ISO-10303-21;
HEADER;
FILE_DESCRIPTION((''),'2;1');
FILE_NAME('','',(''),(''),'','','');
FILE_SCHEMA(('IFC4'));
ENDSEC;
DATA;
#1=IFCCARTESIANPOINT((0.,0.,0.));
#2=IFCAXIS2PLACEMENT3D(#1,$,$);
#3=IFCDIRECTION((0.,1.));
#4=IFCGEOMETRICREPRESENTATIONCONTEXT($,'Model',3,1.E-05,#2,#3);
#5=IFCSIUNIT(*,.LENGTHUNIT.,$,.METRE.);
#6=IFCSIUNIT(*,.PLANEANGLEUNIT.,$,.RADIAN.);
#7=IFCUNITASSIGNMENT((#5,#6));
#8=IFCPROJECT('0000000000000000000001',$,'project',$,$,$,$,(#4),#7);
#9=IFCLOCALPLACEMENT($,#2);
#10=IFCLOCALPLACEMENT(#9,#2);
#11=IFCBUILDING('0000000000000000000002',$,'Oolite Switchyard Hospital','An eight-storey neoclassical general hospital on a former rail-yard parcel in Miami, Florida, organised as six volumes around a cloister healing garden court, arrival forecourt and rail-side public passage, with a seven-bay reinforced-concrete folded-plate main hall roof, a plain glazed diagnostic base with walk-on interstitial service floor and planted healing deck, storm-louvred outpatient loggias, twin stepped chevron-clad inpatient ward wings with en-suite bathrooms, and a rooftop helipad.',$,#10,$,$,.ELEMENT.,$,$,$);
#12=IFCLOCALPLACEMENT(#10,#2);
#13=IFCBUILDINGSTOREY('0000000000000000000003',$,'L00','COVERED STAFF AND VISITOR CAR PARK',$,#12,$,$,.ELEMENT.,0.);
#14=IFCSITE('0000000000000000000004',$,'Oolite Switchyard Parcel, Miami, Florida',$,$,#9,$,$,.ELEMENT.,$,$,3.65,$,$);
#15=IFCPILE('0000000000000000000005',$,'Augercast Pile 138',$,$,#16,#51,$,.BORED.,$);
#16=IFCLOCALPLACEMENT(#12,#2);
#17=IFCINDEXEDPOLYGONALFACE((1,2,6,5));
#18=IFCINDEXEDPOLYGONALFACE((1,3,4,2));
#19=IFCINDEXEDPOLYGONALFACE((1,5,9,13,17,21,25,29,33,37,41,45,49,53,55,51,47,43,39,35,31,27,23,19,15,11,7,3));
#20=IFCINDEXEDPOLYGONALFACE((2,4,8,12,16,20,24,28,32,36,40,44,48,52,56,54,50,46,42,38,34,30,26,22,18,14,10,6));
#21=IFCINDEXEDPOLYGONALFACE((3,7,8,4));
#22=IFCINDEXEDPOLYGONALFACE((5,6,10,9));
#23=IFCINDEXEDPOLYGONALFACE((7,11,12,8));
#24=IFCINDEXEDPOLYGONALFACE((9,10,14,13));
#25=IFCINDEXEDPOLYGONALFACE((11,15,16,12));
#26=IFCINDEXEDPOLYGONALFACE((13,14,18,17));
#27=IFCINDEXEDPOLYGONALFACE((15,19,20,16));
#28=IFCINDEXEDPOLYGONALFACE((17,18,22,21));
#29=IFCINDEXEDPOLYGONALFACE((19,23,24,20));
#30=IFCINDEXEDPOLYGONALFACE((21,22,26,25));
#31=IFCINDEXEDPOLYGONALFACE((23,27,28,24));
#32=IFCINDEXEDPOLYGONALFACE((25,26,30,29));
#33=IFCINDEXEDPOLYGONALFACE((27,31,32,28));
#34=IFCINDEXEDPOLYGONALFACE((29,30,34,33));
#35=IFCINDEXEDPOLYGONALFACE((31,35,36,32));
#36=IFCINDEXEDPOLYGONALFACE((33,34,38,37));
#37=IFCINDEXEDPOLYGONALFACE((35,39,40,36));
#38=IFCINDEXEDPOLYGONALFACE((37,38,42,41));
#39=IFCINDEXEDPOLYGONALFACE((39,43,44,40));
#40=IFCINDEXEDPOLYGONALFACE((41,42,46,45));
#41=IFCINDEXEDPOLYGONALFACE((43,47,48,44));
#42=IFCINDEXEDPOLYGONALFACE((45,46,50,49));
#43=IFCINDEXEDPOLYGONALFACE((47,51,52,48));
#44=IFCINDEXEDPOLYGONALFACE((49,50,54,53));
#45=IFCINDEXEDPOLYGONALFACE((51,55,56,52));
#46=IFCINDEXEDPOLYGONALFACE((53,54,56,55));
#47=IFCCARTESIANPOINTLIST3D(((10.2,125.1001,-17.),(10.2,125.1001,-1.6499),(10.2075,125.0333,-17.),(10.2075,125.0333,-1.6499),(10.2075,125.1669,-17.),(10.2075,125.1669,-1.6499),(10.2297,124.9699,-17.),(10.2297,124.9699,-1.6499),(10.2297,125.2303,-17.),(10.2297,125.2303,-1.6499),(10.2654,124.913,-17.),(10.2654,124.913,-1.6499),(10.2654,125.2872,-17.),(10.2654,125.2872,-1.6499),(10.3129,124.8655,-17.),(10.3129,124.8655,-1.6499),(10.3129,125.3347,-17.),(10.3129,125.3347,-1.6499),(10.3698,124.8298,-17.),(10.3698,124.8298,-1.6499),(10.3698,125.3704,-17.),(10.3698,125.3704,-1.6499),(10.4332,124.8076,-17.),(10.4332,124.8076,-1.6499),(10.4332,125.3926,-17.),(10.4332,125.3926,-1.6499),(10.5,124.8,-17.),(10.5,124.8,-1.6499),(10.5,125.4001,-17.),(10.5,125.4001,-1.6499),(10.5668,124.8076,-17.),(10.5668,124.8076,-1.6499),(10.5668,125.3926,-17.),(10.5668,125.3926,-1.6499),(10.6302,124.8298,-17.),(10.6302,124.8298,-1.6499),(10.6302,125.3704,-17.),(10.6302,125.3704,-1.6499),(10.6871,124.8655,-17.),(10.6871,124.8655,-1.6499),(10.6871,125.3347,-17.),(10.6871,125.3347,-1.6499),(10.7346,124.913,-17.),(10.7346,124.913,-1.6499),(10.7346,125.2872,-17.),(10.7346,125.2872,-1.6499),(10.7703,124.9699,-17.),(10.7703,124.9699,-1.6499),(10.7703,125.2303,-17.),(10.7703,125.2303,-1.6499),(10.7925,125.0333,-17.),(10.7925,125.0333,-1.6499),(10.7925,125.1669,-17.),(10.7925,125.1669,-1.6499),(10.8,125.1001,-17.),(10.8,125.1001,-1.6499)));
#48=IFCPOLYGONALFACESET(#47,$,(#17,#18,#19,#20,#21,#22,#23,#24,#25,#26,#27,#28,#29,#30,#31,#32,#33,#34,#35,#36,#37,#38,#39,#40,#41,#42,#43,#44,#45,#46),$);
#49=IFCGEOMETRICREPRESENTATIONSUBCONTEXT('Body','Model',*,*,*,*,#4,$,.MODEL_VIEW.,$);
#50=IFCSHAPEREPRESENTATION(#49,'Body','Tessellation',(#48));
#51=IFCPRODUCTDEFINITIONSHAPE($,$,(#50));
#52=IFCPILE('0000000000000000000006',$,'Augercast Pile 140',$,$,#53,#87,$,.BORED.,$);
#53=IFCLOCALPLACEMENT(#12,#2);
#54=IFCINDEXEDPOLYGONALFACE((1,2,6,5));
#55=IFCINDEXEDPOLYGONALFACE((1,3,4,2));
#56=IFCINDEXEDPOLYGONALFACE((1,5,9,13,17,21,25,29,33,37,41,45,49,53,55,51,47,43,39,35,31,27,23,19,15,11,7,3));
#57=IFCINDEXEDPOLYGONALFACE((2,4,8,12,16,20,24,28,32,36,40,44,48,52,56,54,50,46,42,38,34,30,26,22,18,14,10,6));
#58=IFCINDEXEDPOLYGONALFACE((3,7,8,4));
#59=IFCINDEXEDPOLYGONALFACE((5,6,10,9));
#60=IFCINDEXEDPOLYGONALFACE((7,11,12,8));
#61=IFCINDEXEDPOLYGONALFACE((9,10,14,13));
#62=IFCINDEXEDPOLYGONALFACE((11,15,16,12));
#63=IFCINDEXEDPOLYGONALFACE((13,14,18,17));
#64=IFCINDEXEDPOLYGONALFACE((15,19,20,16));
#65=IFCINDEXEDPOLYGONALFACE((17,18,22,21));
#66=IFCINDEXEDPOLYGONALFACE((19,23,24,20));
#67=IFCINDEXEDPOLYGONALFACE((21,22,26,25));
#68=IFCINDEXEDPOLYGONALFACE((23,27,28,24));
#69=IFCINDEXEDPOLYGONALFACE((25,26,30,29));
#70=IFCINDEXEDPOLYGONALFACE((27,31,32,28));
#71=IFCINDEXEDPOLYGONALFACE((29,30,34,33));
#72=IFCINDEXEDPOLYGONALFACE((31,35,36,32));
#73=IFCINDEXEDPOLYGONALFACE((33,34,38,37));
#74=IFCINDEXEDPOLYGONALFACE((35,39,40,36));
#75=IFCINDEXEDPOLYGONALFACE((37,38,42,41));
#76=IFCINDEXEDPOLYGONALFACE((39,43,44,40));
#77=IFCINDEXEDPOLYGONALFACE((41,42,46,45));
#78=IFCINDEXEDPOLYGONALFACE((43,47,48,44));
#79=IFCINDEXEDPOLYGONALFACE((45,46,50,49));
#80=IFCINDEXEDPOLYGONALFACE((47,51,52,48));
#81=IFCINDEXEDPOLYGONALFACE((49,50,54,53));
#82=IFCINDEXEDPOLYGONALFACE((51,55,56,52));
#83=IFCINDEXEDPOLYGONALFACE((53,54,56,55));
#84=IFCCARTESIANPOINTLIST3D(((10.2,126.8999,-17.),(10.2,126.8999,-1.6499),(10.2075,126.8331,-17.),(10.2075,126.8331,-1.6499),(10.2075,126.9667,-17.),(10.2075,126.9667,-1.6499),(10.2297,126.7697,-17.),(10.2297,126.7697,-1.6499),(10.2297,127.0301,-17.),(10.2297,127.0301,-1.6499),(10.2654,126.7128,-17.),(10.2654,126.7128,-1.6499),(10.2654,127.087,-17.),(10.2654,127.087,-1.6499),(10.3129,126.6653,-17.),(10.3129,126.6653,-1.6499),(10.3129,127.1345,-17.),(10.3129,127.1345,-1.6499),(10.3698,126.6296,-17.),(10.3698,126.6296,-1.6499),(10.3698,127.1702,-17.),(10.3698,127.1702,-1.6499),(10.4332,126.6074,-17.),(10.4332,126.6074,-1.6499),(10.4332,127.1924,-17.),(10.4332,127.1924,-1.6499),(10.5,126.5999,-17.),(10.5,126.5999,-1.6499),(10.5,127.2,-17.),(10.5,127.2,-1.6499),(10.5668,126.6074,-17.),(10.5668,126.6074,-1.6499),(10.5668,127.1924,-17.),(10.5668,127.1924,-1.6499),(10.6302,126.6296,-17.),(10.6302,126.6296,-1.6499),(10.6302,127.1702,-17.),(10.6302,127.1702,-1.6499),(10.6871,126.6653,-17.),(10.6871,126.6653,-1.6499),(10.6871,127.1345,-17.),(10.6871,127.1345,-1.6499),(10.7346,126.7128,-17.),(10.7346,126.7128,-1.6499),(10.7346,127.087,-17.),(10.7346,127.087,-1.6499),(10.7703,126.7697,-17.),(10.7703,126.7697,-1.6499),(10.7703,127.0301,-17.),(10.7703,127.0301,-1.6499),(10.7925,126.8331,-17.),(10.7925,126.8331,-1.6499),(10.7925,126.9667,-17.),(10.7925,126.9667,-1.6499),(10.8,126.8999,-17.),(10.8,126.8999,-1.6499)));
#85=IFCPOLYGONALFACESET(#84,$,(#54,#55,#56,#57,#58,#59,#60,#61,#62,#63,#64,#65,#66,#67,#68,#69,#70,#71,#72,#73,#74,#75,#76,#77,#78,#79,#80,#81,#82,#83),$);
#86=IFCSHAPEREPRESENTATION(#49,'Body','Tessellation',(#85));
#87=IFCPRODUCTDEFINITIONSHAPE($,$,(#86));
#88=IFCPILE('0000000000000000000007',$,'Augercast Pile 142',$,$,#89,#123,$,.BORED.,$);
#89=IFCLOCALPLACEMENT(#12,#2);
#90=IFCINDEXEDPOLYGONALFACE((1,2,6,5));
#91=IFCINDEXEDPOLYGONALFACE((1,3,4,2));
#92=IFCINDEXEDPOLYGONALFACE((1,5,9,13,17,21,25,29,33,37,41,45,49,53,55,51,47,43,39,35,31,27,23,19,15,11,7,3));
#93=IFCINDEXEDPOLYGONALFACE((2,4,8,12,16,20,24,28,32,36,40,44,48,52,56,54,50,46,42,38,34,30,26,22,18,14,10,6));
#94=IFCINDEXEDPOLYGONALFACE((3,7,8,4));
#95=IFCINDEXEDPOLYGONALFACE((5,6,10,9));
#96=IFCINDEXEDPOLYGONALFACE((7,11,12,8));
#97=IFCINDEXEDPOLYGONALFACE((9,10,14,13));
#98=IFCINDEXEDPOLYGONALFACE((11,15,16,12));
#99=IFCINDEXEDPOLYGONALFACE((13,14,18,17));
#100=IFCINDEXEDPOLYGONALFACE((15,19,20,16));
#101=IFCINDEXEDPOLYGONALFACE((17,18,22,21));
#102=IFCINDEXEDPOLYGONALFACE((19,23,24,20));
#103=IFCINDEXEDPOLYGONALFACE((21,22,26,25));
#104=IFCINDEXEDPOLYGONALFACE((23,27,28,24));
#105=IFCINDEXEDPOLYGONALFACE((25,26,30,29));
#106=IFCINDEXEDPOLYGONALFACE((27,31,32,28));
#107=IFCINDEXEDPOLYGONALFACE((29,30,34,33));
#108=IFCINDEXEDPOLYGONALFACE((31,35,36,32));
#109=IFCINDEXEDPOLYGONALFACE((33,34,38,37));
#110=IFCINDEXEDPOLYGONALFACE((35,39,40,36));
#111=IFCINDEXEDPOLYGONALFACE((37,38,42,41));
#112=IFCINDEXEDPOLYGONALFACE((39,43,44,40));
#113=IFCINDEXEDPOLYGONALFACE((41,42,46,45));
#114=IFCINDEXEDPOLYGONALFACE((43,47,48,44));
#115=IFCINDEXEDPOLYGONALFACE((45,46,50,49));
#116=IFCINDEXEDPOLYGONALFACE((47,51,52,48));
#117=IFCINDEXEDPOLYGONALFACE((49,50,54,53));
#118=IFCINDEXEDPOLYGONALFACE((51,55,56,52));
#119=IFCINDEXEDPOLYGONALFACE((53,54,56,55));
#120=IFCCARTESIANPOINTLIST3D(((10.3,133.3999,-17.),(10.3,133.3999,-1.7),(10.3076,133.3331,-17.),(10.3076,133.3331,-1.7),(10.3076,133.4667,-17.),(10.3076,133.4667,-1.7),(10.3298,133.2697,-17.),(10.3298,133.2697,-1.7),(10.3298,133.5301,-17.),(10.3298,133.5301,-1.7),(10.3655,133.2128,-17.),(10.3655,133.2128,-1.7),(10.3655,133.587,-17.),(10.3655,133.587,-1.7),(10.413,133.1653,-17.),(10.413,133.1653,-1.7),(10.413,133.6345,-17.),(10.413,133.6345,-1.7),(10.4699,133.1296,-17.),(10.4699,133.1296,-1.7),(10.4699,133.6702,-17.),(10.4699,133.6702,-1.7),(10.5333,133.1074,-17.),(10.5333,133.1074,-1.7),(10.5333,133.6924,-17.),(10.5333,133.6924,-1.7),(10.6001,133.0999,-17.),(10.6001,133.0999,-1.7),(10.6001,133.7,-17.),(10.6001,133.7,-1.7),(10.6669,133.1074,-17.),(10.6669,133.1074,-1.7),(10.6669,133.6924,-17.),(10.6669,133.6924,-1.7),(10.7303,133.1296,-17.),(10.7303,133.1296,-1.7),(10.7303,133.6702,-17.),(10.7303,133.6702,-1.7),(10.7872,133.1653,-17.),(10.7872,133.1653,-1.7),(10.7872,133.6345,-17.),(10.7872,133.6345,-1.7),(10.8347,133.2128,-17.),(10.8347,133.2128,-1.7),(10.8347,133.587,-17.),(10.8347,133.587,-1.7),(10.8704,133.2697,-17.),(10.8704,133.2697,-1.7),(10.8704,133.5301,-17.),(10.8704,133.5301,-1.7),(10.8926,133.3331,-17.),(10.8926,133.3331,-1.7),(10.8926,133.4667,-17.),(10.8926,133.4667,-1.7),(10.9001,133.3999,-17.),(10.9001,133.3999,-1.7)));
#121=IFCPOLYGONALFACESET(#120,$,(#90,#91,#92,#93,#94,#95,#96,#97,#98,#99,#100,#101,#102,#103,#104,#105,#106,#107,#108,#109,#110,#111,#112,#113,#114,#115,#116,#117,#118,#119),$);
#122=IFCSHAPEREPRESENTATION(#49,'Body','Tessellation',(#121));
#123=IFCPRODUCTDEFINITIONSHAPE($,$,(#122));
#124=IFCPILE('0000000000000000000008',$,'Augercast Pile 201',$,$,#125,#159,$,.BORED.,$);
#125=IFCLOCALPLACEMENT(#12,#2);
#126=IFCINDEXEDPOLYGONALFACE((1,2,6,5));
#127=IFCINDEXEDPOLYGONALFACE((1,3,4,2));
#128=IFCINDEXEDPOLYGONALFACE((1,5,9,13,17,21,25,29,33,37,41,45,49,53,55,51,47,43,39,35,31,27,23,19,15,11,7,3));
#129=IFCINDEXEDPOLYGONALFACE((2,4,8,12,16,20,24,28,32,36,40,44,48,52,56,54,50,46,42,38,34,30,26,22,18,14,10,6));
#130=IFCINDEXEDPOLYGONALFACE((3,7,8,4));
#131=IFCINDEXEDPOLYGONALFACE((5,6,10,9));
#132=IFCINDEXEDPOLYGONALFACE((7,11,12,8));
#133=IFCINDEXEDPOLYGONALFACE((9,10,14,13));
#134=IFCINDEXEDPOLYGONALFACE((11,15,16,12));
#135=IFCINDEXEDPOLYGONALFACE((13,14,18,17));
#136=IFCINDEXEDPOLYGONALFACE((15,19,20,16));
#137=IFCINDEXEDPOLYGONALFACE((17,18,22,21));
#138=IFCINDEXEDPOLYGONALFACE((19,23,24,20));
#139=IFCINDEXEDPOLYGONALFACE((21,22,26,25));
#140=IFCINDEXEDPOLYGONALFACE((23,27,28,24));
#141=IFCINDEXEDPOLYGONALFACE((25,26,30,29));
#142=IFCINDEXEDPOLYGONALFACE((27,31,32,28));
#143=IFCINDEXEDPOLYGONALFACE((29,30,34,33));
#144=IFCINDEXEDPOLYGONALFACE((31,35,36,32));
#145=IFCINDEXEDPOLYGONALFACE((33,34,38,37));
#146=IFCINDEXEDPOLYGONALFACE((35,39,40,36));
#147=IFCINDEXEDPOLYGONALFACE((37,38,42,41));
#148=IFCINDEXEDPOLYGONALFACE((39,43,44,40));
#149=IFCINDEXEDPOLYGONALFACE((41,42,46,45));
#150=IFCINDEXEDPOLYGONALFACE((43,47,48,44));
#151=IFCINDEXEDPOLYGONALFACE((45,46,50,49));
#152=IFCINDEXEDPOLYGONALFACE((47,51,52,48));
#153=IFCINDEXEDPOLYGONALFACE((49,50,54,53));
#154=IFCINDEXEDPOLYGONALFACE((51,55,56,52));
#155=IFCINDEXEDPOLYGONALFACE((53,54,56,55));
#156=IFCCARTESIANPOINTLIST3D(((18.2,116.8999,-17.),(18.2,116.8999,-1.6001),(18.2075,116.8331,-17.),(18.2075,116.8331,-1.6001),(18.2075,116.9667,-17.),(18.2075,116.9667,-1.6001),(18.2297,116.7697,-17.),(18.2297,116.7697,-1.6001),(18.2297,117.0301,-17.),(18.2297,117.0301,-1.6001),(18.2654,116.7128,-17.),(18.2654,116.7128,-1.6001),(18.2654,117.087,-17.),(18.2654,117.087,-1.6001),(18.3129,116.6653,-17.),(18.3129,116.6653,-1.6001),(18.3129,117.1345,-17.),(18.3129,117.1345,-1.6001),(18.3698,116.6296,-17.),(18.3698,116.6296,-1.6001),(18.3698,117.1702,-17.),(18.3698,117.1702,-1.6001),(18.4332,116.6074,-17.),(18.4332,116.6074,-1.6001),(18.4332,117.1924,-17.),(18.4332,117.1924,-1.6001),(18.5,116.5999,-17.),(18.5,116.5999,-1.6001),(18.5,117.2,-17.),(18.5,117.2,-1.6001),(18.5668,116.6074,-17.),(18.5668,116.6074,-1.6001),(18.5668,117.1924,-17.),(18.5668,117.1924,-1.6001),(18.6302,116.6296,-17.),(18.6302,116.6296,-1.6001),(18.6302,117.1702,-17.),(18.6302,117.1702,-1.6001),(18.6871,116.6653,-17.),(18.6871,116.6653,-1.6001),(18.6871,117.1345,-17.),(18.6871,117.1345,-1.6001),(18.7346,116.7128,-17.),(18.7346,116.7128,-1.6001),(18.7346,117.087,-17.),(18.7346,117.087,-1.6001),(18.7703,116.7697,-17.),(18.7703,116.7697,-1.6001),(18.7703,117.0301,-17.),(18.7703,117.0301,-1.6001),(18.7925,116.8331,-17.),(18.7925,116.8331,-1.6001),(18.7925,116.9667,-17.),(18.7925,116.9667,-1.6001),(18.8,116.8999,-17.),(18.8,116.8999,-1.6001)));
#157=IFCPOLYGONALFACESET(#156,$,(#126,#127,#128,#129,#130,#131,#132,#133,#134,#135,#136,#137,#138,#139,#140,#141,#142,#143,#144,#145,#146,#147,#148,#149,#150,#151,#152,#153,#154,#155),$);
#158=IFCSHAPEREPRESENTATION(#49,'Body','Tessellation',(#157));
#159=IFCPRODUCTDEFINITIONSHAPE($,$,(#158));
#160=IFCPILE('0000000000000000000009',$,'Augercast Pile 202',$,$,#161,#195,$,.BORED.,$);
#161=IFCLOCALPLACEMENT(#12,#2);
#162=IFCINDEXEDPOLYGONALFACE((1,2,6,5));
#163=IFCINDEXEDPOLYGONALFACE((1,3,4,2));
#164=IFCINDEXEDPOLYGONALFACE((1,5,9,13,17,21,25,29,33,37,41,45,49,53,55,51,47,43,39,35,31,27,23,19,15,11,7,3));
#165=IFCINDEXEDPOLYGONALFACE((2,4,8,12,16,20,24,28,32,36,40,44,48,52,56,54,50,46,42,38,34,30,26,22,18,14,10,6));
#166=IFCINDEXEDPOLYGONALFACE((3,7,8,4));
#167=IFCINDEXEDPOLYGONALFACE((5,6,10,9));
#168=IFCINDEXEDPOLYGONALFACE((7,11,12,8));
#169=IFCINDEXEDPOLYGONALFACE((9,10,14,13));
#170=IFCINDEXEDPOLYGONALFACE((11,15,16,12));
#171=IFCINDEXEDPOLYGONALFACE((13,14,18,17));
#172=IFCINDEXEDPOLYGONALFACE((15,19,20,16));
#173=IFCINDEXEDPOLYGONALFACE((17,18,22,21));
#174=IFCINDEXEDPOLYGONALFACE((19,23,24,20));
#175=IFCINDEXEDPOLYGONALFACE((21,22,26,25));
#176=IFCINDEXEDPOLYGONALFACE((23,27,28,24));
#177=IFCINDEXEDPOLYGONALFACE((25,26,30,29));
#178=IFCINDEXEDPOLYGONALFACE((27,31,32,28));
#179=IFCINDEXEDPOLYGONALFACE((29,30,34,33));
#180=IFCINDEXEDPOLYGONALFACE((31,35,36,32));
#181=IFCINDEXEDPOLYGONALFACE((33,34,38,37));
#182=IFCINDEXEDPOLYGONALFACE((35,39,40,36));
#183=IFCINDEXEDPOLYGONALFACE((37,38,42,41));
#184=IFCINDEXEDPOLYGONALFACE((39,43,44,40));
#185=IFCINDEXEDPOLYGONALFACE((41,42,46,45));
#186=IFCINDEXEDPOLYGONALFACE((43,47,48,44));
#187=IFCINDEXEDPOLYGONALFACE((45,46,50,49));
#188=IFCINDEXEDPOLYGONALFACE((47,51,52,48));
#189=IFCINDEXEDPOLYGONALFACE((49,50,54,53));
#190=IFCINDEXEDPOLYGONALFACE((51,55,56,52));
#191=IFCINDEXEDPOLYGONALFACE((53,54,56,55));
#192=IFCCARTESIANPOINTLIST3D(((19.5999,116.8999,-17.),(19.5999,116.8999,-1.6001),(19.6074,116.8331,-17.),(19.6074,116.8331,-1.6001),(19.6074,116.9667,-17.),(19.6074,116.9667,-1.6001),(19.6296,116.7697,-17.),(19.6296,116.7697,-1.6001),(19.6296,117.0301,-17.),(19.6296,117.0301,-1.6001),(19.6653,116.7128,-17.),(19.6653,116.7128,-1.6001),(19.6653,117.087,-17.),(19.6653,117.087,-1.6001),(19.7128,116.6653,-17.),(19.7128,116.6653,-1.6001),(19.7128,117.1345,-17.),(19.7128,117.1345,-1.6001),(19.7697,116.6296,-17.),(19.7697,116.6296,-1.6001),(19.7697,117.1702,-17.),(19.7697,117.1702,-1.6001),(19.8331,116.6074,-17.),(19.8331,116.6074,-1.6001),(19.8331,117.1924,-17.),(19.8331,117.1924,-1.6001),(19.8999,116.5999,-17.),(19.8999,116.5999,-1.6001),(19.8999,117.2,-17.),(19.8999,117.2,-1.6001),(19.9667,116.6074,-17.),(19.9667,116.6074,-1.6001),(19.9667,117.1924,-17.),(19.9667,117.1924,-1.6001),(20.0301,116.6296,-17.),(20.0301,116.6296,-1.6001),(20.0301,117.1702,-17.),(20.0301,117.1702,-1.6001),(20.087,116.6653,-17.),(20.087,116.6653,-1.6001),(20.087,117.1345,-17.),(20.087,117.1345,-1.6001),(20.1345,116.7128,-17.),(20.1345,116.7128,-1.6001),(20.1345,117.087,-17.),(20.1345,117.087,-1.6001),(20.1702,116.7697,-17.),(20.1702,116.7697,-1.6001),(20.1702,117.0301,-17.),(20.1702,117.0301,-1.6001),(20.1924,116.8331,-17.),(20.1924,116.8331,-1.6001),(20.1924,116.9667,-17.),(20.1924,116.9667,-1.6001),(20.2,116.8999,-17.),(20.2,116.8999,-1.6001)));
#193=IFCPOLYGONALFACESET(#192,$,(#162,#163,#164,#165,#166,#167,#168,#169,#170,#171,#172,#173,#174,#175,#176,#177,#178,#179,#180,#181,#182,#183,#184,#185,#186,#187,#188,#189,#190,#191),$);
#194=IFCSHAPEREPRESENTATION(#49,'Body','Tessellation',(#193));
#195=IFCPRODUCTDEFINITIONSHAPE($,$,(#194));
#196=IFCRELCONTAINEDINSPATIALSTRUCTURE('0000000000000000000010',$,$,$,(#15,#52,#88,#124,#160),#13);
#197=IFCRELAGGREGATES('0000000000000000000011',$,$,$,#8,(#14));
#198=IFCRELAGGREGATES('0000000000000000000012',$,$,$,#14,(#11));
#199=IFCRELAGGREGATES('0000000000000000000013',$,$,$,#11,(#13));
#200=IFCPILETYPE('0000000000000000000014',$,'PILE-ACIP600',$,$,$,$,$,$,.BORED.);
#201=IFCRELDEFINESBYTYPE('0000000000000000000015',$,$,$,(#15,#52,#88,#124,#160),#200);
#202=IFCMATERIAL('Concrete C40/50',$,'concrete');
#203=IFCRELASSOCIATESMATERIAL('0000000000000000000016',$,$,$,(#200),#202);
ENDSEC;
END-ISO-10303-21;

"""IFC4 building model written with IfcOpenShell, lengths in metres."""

from ifc_helpers import new_model, si_unit, direction, frame, origin, origin_2d, place, context, subcontext, project, spatial, circle, extrude, material, material_profile, profile_set, type_object, element, save


model = new_model("IFC4")

# Units and contexts
model_context = context("Model", 3, precision=1e-05, world=origin(), true_north=direction((0.0, 1.0)))
body_context = subcontext(model_context, "Body", "Model", "MODEL_VIEW")
ifc_project = project(units=[si_unit("LENGTHUNIT", "METRE"), si_unit("PLANEANGLEUNIT", "RADIAN")], contexts=[model_context])

# Site, building, storey
site_placement = place(None, origin())
site = spatial("IfcSite", under=ifc_project, at=site_placement, Name="Oolite Switchyard Parcel, Miami, Florida", CompositionType="ELEMENT", RefElevation=3.65)
building_placement = place(site_placement, origin())
building = spatial("IfcBuilding", under=site, at=building_placement, Name="Oolite Switchyard Hospital", Description="An eight-storey neoclassical general hospital on a former rail-yard parcel in Miami, Florida, organised as six volumes around a cloister healing garden court, arrival forecourt and rail-side public passage, with a seven-bay reinforced-concrete folded-plate main hall roof, a plain glazed diagnostic base with walk-on interstitial service floor and planted healing deck, storm-louvred outpatient loggias, twin stepped chevron-clad inpatient ward wings with en-suite bathrooms, and a rooftop helipad.", CompositionType="ELEMENT")
storey_placement = place(building_placement, origin())
storey = spatial("IfcBuildingStorey", under=building, at=storey_placement, Name="L00", Description="COVERED STAFF AND VISITOR CAR PARK", CompositionType="ELEMENT", Elevation=0.0)

# Shared definitions
ifc_material_1 = material(Name="Concrete C40/50", Category="concrete")

# Piles
ifc_material_profile_1 = material_profile(ifc_material_1, circle(Radius=0.3, at=origin_2d()), Name="PILE600")
ifc_profile_set_1 = profile_set([ifc_material_profile_1], Name="Concrete C40/50")
pile_type = type_object("IfcPileType", Name="PILE-ACIP600", PredefinedType="BORED", material=ifc_profile_set_1)
for number, where, z_axis, x_axis, name in (
    (1, (10.5, 125.1001, -1.6499), (0.0, 0.0, -1.0), (1.0, 0.0, 0.0), "Augercast Pile 138"),
    (2, (10.5, 126.8999, -1.6499), (0.0, 0.0, -1.0), (1.0, 0.0, 0.0), "Augercast Pile 140"),
):
    element("IfcPile", number, at=place(storey_placement, frame(where, z_axis=z_axis, x_axis=x_axis)), inside=storey, type_object=pile_type, Name=name, PredefinedType="BORED", context=body_context, shape_type="SweptSolid", body=[
        extrude(circle(Radius=0.3, at=origin_2d()), origin(), (0.0, 0.0, 1.0), 15.3501),
    ])
pile_placement = place(storey_placement, frame((10.6001, 133.3999, -1.7), z_axis=(0.0, 0.0, -1.0), x_axis=(1.0, 0.0, 0.0)))
element("IfcPile", 3, at=pile_placement, inside=storey, type_object=pile_type, Name="Augercast Pile 142", PredefinedType="BORED", context=body_context, shape_type="SweptSolid", body=[
    extrude(circle(Radius=0.3, at=origin_2d()), origin(), (0.0, 0.0, 1.0), 15.3),
])
for number, where, z_axis, x_axis, name in (
    (4, (18.5, 116.8999, -1.6001), (0.0, 0.0, -1.0), (1.0, 0.0, 0.0), "Augercast Pile 201"),
    (5, (19.8999, 116.8999, -1.6001), (0.0, 0.0, -1.0), (1.0, 0.0, 0.0), "Augercast Pile 202"),
):
    element("IfcPile", number, at=place(storey_placement, frame(where, z_axis=z_axis, x_axis=x_axis)), inside=storey, type_object=pile_type, Name=name, PredefinedType="BORED", context=body_context, shape_type="SweptSolid", body=[
        extrude(circle(Radius=0.3, at=origin_2d()), origin(), (0.0, 0.0, 1.0), 15.3999),
    ])

save(model, "model.ifc")
